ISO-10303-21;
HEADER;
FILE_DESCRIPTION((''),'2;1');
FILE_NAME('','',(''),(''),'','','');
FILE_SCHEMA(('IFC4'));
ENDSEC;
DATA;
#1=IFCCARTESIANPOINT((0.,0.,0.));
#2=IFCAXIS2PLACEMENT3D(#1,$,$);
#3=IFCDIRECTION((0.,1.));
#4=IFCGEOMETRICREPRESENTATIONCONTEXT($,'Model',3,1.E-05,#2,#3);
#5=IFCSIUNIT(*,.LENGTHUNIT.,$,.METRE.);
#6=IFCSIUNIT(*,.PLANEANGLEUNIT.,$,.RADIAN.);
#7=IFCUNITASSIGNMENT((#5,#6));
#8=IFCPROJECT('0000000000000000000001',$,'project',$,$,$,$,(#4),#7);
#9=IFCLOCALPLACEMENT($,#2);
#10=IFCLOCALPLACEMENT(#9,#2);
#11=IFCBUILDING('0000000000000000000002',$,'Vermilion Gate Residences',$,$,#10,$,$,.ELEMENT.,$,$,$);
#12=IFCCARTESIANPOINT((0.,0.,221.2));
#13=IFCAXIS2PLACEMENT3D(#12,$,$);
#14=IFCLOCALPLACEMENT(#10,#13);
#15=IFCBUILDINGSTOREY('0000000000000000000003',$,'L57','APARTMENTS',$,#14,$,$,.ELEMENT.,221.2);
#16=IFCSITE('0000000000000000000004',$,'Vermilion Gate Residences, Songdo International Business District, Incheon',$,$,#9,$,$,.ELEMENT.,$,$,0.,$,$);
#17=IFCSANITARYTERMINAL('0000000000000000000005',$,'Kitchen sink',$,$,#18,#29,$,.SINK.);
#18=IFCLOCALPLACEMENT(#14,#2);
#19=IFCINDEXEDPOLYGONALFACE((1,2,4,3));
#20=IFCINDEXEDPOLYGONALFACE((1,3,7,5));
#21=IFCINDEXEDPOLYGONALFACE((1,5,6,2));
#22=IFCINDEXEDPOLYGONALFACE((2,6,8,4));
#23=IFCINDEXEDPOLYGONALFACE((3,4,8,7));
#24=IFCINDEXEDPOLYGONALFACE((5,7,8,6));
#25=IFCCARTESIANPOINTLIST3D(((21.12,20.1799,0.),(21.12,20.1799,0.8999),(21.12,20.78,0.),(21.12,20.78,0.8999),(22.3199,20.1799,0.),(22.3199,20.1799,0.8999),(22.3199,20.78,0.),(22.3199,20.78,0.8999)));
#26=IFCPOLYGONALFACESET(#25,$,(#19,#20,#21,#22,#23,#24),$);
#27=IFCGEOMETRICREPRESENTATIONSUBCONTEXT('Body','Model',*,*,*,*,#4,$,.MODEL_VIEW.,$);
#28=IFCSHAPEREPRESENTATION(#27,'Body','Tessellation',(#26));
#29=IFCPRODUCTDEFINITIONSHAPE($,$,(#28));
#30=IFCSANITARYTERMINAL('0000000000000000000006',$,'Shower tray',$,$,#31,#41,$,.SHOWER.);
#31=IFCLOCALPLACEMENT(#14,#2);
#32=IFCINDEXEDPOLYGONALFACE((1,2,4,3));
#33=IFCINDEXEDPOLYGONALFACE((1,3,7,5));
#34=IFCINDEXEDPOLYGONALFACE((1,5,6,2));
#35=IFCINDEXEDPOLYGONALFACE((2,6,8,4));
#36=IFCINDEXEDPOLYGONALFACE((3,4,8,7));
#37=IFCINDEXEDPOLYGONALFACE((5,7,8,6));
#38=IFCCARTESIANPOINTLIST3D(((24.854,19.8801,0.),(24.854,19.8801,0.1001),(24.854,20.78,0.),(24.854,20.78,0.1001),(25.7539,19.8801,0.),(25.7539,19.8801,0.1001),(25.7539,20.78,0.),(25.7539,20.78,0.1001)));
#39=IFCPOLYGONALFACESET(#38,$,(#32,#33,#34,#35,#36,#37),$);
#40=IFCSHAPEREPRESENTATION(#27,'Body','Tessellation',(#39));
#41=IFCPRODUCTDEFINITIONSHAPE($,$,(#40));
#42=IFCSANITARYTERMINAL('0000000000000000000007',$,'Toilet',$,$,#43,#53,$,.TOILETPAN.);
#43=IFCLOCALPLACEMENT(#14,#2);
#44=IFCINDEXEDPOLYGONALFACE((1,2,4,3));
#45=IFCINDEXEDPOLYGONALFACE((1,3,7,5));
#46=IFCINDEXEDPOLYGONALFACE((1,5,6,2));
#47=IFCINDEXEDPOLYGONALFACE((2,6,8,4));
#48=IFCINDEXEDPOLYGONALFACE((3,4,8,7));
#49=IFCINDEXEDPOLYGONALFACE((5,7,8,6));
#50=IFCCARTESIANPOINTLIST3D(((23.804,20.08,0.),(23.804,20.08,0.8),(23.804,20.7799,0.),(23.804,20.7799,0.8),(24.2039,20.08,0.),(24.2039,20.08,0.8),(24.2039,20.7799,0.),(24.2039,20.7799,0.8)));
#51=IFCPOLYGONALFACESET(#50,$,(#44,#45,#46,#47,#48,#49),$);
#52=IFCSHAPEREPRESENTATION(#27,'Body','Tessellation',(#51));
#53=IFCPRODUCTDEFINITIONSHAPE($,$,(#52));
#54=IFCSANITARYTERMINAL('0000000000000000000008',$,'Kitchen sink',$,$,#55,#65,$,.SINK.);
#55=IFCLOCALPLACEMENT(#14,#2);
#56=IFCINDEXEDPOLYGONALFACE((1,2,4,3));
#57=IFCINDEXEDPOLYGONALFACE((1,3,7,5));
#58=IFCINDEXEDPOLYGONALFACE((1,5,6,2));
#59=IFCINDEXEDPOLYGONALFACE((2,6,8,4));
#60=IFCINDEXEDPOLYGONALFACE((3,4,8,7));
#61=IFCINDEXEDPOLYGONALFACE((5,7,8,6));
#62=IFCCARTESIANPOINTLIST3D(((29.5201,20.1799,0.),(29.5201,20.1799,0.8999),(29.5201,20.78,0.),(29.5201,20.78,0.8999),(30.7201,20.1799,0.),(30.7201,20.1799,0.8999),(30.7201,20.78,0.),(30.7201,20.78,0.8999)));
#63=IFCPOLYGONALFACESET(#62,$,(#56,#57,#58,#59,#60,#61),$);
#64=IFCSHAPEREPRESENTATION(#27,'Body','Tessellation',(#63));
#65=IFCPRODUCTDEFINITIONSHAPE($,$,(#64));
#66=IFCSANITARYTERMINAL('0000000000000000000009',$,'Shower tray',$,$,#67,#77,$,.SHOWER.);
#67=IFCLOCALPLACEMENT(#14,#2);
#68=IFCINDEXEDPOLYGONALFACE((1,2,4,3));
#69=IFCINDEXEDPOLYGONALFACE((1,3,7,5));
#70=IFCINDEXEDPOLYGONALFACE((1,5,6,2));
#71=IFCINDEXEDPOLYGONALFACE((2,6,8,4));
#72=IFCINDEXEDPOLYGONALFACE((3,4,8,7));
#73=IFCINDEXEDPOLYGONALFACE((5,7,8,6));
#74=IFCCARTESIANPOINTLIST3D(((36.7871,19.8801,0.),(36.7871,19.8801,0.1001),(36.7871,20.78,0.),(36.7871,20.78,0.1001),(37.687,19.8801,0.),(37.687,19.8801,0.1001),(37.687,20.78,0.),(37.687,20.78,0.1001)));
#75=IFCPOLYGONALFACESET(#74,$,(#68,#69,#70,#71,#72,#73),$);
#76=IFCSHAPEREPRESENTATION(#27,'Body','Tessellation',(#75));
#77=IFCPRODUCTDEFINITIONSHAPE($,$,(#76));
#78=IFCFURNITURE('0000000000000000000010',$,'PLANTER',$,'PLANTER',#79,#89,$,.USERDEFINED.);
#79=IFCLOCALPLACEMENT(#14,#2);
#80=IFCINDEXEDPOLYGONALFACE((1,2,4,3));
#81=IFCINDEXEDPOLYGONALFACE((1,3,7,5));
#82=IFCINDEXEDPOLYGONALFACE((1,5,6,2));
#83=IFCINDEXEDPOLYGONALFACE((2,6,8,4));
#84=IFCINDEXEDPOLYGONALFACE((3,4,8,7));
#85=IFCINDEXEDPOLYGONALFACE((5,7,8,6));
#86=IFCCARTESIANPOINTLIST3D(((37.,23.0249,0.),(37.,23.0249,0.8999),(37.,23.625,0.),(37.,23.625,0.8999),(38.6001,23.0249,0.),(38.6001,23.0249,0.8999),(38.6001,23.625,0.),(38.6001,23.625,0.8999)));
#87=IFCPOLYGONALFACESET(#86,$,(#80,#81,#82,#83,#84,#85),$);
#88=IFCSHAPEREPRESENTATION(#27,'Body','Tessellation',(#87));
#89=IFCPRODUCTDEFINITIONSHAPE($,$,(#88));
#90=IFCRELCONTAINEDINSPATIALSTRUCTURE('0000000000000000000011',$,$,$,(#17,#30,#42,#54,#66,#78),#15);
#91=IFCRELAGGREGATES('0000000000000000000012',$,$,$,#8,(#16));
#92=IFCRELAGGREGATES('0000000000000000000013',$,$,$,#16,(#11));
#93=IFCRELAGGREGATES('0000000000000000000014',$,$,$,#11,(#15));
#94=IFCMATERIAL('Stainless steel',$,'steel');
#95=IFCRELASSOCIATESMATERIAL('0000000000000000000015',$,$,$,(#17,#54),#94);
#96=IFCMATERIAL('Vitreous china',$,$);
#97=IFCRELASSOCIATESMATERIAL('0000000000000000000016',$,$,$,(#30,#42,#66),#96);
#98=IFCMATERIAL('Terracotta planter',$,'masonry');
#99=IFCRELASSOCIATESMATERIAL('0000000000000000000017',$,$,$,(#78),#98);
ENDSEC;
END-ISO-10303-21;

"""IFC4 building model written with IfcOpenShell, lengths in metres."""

from ifc_helpers import new_model, si_unit, direction, frame, origin, origin_2d, place, context, subcontext, project, spatial, rectangle, extrude, material, element, save


model = new_model("IFC4")

# Units and contexts
model_context = context("Model", 3, precision=1e-05, world=origin(), true_north=direction((0.0, 1.0)))
body_context = subcontext(model_context, "Body", "Model", "MODEL_VIEW")
ifc_project = project(units=[si_unit("LENGTHUNIT", "METRE"), si_unit("PLANEANGLEUNIT", "RADIAN")], contexts=[model_context])

# Site, building, storey
site_placement = place(None, origin())
site = spatial("IfcSite", under=ifc_project, at=site_placement, Name="Vermilion Gate Residences, Songdo International Business District, Incheon", CompositionType="ELEMENT", RefElevation=0.0)
building_placement = place(site_placement, origin())
building = spatial("IfcBuilding", under=site, at=building_placement, Name="Vermilion Gate Residences", CompositionType="ELEMENT")
storey_placement = place(building_placement, frame((0.0, 0.0, 221.2)))
storey = spatial("IfcBuildingStorey", under=building, at=storey_placement, Name="L57", Description="APARTMENTS", CompositionType="ELEMENT", Elevation=221.2)

# Sanitary terminals
ifc_material_1 = material(Name="Stainless steel", Category="steel")
sanitary_terminal_1_placement = place(storey_placement, frame((21.72, 20.48, 0.0), z_axis=(0.0, 0.0, 1.0), x_axis=(1.0, 0.0, 0.0)))
element("IfcSanitaryTerminal", 1, at=sanitary_terminal_1_placement, inside=storey, material=ifc_material_1, Name="Kitchen sink", PredefinedType="SINK", context=body_context, shape_type="SweptSolid", body=[
    extrude(rectangle(XDim=1.2, YDim=0.6001, at=origin_2d()), origin(), (0.0, 0.0, 1.0), 0.8999),
])
ifc_material_2 = material(Name="Vitreous china")
sanitary_terminal_2_placement = place(storey_placement, frame((25.304, 20.3301, 0.0), z_axis=(0.0, 0.0, 1.0), x_axis=(1.0, 0.0, 0.0)))
element("IfcSanitaryTerminal", 2, at=sanitary_terminal_2_placement, inside=storey, material=ifc_material_2, Name="Shower tray", PredefinedType="SHOWER", context=body_context, shape_type="SweptSolid", body=[
    extrude(rectangle(XDim=0.8999, YDim=0.8999, at=origin_2d()), origin(), (0.0, 0.0, 1.0), 0.1001),
])
sanitary_terminal_3_placement = place(storey_placement, frame((24.0039, 20.4299, 0.0), z_axis=(0.0, 0.0, 1.0), x_axis=(1.0, 0.0, 0.0)))
element("IfcSanitaryTerminal", 3, at=sanitary_terminal_3_placement, inside=storey, material=ifc_material_2, Name="Toilet", PredefinedType="TOILETPAN", context=body_context, shape_type="SweptSolid", body=[
    extrude(rectangle(XDim=0.3999, YDim=0.7, at=origin_2d()), origin(), (0.0, 0.0, 1.0), 0.8),
])
sanitary_terminal_4_placement = place(storey_placement, frame((30.1201, 20.48, 0.0), z_axis=(0.0, 0.0, 1.0), x_axis=(1.0, 0.0, 0.0)))
element("IfcSanitaryTerminal", 4, at=sanitary_terminal_4_placement, inside=storey, material=ifc_material_1, Name="Kitchen sink", PredefinedType="SINK", context=body_context, shape_type="SweptSolid", body=[
    extrude(rectangle(XDim=1.2, YDim=0.6001, at=origin_2d()), origin(), (0.0, 0.0, 1.0), 0.8999),
])
sanitary_terminal_5_placement = place(storey_placement, frame((37.2371, 20.3301, 0.0), z_axis=(0.0, 0.0, 1.0), x_axis=(1.0, 0.0, 0.0)))
element("IfcSanitaryTerminal", 5, at=sanitary_terminal_5_placement, inside=storey, material=ifc_material_2, Name="Shower tray", PredefinedType="SHOWER", context=body_context, shape_type="SweptSolid", body=[
    extrude(rectangle(XDim=0.8999, YDim=0.8999, at=origin_2d()), origin(), (0.0, 0.0, 1.0), 0.1001),
])

# Furniture
ifc_material_3 = material(Name="Terracotta planter", Category="masonry")
furniture_placement = place(storey_placement, frame((37.8, 23.325, 0.0), z_axis=(0.0, 0.0, 1.0), x_axis=(-1.0, 0.0, 0.0)))
element("IfcFurniture", 6, at=furniture_placement, inside=storey, material=ifc_material_3, Name="PLANTER", ObjectType="PLANTER", PredefinedType="USERDEFINED", context=body_context, shape_type="SweptSolid", body=[
    extrude(rectangle(XDim=1.6001, YDim=0.6001, at=origin_2d()), origin(), (0.0, 0.0, 1.0), 0.8999),
])

save(model, "model.ifc")
